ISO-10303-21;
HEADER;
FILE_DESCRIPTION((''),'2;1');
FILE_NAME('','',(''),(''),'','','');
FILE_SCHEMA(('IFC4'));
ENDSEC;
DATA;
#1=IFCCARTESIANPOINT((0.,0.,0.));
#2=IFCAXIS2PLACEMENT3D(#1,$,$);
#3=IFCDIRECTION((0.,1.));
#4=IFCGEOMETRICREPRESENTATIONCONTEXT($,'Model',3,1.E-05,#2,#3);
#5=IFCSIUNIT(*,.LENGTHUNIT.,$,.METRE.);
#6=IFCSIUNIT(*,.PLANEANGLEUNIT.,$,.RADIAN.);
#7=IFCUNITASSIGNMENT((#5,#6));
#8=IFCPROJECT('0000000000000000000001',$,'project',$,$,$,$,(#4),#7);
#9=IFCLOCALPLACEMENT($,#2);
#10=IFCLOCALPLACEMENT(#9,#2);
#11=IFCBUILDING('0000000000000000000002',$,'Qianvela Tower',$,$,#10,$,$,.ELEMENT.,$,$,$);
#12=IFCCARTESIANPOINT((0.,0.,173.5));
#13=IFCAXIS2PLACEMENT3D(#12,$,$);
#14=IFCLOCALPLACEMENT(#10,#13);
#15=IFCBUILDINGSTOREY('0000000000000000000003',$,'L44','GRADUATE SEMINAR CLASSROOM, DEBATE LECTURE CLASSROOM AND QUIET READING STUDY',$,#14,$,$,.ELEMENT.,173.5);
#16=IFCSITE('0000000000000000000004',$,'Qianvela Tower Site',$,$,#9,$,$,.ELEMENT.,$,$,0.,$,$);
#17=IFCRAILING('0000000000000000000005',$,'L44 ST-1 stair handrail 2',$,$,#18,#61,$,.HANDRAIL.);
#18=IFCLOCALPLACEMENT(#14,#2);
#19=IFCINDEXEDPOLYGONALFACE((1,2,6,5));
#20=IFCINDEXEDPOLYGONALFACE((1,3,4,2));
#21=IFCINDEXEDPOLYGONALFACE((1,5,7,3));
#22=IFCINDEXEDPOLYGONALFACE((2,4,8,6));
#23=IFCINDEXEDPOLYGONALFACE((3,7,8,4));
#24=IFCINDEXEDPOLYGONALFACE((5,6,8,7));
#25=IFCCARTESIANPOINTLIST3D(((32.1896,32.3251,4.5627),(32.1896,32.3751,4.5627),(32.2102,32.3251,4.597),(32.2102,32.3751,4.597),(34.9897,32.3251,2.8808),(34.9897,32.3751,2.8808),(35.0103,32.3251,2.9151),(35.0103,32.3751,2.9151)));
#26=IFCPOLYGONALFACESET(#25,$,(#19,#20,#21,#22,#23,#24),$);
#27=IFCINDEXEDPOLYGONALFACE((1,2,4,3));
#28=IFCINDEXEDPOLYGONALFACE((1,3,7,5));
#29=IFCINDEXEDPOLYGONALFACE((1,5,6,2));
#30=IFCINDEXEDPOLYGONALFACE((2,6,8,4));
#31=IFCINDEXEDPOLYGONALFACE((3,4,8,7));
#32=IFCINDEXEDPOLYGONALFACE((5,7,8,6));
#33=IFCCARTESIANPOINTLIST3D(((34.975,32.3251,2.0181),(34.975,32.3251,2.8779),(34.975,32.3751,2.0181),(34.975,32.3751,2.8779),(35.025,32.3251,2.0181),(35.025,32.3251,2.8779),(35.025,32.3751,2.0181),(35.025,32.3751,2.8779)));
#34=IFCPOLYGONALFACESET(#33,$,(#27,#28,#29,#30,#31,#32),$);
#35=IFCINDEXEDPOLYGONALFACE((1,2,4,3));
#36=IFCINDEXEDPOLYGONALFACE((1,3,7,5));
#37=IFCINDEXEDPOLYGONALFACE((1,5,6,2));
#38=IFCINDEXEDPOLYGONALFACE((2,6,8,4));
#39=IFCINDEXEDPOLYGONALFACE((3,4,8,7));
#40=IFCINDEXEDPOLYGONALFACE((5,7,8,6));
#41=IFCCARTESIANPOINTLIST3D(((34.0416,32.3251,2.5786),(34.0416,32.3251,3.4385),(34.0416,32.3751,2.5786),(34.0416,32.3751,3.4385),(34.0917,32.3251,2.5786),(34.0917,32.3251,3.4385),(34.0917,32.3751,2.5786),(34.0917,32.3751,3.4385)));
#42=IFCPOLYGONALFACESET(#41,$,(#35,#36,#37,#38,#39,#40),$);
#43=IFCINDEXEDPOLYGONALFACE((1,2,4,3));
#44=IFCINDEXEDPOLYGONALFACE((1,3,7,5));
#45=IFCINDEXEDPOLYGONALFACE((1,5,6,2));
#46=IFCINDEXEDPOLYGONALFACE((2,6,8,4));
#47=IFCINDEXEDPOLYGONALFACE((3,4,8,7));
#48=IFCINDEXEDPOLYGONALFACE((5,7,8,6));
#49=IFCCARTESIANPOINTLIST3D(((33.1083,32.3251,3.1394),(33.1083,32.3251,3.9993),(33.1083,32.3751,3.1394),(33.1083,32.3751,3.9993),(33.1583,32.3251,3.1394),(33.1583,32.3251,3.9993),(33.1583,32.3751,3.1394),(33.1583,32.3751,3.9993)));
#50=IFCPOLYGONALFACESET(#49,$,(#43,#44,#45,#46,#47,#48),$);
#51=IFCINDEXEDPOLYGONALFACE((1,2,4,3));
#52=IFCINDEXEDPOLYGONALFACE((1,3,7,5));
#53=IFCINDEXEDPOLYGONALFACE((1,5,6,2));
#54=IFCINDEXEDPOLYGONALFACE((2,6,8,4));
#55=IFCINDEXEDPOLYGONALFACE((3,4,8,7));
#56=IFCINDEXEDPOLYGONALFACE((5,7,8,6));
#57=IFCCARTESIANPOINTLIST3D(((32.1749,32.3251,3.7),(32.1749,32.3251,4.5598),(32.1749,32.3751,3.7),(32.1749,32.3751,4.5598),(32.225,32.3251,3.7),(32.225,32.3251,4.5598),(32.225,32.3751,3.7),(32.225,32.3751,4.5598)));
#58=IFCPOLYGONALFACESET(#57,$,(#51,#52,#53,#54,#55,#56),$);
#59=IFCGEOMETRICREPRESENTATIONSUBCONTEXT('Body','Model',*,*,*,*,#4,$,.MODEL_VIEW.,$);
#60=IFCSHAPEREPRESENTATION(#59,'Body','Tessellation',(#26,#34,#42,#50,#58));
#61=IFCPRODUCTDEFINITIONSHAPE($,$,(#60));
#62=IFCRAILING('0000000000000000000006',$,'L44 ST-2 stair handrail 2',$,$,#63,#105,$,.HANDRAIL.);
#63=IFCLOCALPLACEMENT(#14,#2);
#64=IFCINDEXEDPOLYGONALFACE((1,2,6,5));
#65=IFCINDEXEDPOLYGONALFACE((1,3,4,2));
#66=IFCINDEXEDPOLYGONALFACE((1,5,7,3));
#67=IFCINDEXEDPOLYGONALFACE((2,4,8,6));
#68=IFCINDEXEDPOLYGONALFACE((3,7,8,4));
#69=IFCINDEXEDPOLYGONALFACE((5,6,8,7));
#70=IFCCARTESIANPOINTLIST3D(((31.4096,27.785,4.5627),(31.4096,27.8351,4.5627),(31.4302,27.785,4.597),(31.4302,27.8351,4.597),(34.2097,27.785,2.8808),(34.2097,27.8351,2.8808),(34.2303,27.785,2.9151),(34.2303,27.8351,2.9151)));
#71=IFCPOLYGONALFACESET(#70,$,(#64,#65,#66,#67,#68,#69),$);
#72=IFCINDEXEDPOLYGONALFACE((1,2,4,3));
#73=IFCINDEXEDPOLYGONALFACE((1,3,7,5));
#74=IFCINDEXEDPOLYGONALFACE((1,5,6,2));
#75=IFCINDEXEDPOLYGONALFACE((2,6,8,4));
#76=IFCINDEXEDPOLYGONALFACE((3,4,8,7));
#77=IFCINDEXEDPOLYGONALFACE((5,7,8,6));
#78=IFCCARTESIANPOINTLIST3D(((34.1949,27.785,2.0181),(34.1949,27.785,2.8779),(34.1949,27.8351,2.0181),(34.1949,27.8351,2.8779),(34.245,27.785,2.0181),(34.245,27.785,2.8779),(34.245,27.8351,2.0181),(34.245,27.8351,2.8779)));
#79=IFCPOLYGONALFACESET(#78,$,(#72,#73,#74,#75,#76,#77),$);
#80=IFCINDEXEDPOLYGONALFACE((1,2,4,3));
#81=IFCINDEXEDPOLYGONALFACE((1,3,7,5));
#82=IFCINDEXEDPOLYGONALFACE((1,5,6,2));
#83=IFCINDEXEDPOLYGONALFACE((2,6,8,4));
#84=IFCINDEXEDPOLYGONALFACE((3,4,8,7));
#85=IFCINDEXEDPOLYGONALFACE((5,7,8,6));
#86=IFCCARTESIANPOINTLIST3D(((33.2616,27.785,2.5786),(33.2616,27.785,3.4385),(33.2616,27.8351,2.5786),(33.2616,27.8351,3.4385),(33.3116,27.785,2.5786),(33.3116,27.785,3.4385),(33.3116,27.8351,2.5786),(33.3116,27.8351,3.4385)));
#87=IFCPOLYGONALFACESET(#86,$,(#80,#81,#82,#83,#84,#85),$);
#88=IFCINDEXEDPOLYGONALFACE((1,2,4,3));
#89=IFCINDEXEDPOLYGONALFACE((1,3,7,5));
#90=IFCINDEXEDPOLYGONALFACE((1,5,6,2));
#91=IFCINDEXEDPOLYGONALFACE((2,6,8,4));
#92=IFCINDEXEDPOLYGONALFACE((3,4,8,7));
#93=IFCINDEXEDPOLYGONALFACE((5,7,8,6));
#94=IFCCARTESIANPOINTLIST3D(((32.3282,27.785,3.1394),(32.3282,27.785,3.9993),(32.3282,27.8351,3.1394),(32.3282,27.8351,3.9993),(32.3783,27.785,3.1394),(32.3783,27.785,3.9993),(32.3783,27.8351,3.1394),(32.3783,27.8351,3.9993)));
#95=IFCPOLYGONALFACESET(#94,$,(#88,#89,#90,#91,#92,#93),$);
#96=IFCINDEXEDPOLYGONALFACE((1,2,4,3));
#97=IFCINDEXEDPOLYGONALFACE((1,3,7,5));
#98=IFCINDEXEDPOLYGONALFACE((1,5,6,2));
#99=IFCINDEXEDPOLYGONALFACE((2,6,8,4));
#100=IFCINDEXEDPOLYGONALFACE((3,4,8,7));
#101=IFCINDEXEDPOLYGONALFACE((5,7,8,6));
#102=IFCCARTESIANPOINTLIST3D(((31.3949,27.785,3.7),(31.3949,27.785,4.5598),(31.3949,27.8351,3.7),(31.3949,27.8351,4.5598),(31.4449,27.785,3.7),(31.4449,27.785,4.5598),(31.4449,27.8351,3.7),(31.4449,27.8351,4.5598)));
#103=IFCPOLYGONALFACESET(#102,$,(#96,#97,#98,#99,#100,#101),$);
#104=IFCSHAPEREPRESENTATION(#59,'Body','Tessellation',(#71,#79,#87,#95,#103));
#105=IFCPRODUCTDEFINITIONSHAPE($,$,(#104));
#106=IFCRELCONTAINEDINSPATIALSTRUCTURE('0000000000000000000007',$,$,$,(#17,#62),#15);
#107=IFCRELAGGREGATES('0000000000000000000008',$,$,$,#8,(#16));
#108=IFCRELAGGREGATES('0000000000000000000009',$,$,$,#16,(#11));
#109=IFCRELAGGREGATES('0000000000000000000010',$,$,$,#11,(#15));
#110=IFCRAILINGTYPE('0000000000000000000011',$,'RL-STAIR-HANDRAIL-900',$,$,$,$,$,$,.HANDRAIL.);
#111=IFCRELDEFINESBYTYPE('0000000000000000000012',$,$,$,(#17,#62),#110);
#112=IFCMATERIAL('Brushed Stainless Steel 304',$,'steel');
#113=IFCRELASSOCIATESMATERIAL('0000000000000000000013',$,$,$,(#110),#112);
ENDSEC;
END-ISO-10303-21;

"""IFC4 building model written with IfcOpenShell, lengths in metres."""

from ifc_helpers import new_model, si_unit, direction, frame, origin, origin_2d, place, context, subcontext, project, spatial, rectangle, extrude, material, type_object, element, save


model = new_model("IFC4")

# Units and contexts
model_context = context("Model", 3, precision=1e-05, world=origin(), true_north=direction((0.0, 1.0)))
body_context = subcontext(model_context, "Body", "Model", "MODEL_VIEW")
ifc_project = project(units=[si_unit("LENGTHUNIT", "METRE"), si_unit("PLANEANGLEUNIT", "RADIAN")], contexts=[model_context])

# Site, building, storey
site_placement = place(None, origin())
site = spatial("IfcSite", under=ifc_project, at=site_placement, Name="Qianvela Tower Site", CompositionType="ELEMENT", RefElevation=0.0)
building_placement = place(site_placement, origin())
building = spatial("IfcBuilding", under=site, at=building_placement, Name="Qianvela Tower", CompositionType="ELEMENT")
storey_placement = place(building_placement, frame((0.0, 0.0, 173.5)))
storey = spatial("IfcBuildingStorey", under=building, at=storey_placement, Name="L44", Description="GRADUATE SEMINAR CLASSROOM, DEBATE LECTURE CLASSROOM AND QUIET READING STUDY", CompositionType="ELEMENT", Elevation=173.5)

# Railings
ifc_material_1 = material(Name="Brushed Stainless Steel 304", Category="steel")
railing_type_1 = type_object("IfcRailingType", Name="RL-STAIR-HANDRAIL-900", PredefinedType="HANDRAIL", material=ifc_material_1)
for number, where, name in (
    (1, (35.0, 32.3501, 2.0181), "L44 ST-1 stair handrail 2"),
    (2, (34.22, 27.8101, 2.0181), "L44 ST-2 stair handrail 2"),
):
    element("IfcRailing", number, at=place(storey_placement, frame(where)), inside=storey, type_object=railing_type_1, Name=name, PredefinedType="HANDRAIL", context=body_context, shape_type="SweptSolid", body=[
        extrude(rectangle(XDim=0.05, YDim=0.04, at=origin_2d()), frame((0.0, 0.0, 0.8799), z_axis=(-0.857242, 0.0, 0.514913), x_axis=(0.0, -1.0, 0.0)), (0.0, 0.0, 1.0), 3.2664),
        extrude(rectangle(XDim=0.05, YDim=0.05, at=origin_2d()), origin(), (0.0, 0.0, 1.0), 0.8599),
        extrude(rectangle(XDim=0.05, YDim=0.05, at=origin_2d()), frame((-0.9333, 0.0, 0.5605)), (0.0, 0.0, 1.0), 0.8599),
        extrude(rectangle(XDim=0.05, YDim=0.05, at=origin_2d()), frame((-1.8667, 0.0, 1.1213)), (0.0, 0.0, 1.0), 0.8599),
        extrude(rectangle(XDim=0.05, YDim=0.05, at=origin_2d()), frame((-2.8, 0.0, 1.6819)), (0.0, 0.0, 1.0), 0.8599),
    ])

save(model, "model.ifc")
